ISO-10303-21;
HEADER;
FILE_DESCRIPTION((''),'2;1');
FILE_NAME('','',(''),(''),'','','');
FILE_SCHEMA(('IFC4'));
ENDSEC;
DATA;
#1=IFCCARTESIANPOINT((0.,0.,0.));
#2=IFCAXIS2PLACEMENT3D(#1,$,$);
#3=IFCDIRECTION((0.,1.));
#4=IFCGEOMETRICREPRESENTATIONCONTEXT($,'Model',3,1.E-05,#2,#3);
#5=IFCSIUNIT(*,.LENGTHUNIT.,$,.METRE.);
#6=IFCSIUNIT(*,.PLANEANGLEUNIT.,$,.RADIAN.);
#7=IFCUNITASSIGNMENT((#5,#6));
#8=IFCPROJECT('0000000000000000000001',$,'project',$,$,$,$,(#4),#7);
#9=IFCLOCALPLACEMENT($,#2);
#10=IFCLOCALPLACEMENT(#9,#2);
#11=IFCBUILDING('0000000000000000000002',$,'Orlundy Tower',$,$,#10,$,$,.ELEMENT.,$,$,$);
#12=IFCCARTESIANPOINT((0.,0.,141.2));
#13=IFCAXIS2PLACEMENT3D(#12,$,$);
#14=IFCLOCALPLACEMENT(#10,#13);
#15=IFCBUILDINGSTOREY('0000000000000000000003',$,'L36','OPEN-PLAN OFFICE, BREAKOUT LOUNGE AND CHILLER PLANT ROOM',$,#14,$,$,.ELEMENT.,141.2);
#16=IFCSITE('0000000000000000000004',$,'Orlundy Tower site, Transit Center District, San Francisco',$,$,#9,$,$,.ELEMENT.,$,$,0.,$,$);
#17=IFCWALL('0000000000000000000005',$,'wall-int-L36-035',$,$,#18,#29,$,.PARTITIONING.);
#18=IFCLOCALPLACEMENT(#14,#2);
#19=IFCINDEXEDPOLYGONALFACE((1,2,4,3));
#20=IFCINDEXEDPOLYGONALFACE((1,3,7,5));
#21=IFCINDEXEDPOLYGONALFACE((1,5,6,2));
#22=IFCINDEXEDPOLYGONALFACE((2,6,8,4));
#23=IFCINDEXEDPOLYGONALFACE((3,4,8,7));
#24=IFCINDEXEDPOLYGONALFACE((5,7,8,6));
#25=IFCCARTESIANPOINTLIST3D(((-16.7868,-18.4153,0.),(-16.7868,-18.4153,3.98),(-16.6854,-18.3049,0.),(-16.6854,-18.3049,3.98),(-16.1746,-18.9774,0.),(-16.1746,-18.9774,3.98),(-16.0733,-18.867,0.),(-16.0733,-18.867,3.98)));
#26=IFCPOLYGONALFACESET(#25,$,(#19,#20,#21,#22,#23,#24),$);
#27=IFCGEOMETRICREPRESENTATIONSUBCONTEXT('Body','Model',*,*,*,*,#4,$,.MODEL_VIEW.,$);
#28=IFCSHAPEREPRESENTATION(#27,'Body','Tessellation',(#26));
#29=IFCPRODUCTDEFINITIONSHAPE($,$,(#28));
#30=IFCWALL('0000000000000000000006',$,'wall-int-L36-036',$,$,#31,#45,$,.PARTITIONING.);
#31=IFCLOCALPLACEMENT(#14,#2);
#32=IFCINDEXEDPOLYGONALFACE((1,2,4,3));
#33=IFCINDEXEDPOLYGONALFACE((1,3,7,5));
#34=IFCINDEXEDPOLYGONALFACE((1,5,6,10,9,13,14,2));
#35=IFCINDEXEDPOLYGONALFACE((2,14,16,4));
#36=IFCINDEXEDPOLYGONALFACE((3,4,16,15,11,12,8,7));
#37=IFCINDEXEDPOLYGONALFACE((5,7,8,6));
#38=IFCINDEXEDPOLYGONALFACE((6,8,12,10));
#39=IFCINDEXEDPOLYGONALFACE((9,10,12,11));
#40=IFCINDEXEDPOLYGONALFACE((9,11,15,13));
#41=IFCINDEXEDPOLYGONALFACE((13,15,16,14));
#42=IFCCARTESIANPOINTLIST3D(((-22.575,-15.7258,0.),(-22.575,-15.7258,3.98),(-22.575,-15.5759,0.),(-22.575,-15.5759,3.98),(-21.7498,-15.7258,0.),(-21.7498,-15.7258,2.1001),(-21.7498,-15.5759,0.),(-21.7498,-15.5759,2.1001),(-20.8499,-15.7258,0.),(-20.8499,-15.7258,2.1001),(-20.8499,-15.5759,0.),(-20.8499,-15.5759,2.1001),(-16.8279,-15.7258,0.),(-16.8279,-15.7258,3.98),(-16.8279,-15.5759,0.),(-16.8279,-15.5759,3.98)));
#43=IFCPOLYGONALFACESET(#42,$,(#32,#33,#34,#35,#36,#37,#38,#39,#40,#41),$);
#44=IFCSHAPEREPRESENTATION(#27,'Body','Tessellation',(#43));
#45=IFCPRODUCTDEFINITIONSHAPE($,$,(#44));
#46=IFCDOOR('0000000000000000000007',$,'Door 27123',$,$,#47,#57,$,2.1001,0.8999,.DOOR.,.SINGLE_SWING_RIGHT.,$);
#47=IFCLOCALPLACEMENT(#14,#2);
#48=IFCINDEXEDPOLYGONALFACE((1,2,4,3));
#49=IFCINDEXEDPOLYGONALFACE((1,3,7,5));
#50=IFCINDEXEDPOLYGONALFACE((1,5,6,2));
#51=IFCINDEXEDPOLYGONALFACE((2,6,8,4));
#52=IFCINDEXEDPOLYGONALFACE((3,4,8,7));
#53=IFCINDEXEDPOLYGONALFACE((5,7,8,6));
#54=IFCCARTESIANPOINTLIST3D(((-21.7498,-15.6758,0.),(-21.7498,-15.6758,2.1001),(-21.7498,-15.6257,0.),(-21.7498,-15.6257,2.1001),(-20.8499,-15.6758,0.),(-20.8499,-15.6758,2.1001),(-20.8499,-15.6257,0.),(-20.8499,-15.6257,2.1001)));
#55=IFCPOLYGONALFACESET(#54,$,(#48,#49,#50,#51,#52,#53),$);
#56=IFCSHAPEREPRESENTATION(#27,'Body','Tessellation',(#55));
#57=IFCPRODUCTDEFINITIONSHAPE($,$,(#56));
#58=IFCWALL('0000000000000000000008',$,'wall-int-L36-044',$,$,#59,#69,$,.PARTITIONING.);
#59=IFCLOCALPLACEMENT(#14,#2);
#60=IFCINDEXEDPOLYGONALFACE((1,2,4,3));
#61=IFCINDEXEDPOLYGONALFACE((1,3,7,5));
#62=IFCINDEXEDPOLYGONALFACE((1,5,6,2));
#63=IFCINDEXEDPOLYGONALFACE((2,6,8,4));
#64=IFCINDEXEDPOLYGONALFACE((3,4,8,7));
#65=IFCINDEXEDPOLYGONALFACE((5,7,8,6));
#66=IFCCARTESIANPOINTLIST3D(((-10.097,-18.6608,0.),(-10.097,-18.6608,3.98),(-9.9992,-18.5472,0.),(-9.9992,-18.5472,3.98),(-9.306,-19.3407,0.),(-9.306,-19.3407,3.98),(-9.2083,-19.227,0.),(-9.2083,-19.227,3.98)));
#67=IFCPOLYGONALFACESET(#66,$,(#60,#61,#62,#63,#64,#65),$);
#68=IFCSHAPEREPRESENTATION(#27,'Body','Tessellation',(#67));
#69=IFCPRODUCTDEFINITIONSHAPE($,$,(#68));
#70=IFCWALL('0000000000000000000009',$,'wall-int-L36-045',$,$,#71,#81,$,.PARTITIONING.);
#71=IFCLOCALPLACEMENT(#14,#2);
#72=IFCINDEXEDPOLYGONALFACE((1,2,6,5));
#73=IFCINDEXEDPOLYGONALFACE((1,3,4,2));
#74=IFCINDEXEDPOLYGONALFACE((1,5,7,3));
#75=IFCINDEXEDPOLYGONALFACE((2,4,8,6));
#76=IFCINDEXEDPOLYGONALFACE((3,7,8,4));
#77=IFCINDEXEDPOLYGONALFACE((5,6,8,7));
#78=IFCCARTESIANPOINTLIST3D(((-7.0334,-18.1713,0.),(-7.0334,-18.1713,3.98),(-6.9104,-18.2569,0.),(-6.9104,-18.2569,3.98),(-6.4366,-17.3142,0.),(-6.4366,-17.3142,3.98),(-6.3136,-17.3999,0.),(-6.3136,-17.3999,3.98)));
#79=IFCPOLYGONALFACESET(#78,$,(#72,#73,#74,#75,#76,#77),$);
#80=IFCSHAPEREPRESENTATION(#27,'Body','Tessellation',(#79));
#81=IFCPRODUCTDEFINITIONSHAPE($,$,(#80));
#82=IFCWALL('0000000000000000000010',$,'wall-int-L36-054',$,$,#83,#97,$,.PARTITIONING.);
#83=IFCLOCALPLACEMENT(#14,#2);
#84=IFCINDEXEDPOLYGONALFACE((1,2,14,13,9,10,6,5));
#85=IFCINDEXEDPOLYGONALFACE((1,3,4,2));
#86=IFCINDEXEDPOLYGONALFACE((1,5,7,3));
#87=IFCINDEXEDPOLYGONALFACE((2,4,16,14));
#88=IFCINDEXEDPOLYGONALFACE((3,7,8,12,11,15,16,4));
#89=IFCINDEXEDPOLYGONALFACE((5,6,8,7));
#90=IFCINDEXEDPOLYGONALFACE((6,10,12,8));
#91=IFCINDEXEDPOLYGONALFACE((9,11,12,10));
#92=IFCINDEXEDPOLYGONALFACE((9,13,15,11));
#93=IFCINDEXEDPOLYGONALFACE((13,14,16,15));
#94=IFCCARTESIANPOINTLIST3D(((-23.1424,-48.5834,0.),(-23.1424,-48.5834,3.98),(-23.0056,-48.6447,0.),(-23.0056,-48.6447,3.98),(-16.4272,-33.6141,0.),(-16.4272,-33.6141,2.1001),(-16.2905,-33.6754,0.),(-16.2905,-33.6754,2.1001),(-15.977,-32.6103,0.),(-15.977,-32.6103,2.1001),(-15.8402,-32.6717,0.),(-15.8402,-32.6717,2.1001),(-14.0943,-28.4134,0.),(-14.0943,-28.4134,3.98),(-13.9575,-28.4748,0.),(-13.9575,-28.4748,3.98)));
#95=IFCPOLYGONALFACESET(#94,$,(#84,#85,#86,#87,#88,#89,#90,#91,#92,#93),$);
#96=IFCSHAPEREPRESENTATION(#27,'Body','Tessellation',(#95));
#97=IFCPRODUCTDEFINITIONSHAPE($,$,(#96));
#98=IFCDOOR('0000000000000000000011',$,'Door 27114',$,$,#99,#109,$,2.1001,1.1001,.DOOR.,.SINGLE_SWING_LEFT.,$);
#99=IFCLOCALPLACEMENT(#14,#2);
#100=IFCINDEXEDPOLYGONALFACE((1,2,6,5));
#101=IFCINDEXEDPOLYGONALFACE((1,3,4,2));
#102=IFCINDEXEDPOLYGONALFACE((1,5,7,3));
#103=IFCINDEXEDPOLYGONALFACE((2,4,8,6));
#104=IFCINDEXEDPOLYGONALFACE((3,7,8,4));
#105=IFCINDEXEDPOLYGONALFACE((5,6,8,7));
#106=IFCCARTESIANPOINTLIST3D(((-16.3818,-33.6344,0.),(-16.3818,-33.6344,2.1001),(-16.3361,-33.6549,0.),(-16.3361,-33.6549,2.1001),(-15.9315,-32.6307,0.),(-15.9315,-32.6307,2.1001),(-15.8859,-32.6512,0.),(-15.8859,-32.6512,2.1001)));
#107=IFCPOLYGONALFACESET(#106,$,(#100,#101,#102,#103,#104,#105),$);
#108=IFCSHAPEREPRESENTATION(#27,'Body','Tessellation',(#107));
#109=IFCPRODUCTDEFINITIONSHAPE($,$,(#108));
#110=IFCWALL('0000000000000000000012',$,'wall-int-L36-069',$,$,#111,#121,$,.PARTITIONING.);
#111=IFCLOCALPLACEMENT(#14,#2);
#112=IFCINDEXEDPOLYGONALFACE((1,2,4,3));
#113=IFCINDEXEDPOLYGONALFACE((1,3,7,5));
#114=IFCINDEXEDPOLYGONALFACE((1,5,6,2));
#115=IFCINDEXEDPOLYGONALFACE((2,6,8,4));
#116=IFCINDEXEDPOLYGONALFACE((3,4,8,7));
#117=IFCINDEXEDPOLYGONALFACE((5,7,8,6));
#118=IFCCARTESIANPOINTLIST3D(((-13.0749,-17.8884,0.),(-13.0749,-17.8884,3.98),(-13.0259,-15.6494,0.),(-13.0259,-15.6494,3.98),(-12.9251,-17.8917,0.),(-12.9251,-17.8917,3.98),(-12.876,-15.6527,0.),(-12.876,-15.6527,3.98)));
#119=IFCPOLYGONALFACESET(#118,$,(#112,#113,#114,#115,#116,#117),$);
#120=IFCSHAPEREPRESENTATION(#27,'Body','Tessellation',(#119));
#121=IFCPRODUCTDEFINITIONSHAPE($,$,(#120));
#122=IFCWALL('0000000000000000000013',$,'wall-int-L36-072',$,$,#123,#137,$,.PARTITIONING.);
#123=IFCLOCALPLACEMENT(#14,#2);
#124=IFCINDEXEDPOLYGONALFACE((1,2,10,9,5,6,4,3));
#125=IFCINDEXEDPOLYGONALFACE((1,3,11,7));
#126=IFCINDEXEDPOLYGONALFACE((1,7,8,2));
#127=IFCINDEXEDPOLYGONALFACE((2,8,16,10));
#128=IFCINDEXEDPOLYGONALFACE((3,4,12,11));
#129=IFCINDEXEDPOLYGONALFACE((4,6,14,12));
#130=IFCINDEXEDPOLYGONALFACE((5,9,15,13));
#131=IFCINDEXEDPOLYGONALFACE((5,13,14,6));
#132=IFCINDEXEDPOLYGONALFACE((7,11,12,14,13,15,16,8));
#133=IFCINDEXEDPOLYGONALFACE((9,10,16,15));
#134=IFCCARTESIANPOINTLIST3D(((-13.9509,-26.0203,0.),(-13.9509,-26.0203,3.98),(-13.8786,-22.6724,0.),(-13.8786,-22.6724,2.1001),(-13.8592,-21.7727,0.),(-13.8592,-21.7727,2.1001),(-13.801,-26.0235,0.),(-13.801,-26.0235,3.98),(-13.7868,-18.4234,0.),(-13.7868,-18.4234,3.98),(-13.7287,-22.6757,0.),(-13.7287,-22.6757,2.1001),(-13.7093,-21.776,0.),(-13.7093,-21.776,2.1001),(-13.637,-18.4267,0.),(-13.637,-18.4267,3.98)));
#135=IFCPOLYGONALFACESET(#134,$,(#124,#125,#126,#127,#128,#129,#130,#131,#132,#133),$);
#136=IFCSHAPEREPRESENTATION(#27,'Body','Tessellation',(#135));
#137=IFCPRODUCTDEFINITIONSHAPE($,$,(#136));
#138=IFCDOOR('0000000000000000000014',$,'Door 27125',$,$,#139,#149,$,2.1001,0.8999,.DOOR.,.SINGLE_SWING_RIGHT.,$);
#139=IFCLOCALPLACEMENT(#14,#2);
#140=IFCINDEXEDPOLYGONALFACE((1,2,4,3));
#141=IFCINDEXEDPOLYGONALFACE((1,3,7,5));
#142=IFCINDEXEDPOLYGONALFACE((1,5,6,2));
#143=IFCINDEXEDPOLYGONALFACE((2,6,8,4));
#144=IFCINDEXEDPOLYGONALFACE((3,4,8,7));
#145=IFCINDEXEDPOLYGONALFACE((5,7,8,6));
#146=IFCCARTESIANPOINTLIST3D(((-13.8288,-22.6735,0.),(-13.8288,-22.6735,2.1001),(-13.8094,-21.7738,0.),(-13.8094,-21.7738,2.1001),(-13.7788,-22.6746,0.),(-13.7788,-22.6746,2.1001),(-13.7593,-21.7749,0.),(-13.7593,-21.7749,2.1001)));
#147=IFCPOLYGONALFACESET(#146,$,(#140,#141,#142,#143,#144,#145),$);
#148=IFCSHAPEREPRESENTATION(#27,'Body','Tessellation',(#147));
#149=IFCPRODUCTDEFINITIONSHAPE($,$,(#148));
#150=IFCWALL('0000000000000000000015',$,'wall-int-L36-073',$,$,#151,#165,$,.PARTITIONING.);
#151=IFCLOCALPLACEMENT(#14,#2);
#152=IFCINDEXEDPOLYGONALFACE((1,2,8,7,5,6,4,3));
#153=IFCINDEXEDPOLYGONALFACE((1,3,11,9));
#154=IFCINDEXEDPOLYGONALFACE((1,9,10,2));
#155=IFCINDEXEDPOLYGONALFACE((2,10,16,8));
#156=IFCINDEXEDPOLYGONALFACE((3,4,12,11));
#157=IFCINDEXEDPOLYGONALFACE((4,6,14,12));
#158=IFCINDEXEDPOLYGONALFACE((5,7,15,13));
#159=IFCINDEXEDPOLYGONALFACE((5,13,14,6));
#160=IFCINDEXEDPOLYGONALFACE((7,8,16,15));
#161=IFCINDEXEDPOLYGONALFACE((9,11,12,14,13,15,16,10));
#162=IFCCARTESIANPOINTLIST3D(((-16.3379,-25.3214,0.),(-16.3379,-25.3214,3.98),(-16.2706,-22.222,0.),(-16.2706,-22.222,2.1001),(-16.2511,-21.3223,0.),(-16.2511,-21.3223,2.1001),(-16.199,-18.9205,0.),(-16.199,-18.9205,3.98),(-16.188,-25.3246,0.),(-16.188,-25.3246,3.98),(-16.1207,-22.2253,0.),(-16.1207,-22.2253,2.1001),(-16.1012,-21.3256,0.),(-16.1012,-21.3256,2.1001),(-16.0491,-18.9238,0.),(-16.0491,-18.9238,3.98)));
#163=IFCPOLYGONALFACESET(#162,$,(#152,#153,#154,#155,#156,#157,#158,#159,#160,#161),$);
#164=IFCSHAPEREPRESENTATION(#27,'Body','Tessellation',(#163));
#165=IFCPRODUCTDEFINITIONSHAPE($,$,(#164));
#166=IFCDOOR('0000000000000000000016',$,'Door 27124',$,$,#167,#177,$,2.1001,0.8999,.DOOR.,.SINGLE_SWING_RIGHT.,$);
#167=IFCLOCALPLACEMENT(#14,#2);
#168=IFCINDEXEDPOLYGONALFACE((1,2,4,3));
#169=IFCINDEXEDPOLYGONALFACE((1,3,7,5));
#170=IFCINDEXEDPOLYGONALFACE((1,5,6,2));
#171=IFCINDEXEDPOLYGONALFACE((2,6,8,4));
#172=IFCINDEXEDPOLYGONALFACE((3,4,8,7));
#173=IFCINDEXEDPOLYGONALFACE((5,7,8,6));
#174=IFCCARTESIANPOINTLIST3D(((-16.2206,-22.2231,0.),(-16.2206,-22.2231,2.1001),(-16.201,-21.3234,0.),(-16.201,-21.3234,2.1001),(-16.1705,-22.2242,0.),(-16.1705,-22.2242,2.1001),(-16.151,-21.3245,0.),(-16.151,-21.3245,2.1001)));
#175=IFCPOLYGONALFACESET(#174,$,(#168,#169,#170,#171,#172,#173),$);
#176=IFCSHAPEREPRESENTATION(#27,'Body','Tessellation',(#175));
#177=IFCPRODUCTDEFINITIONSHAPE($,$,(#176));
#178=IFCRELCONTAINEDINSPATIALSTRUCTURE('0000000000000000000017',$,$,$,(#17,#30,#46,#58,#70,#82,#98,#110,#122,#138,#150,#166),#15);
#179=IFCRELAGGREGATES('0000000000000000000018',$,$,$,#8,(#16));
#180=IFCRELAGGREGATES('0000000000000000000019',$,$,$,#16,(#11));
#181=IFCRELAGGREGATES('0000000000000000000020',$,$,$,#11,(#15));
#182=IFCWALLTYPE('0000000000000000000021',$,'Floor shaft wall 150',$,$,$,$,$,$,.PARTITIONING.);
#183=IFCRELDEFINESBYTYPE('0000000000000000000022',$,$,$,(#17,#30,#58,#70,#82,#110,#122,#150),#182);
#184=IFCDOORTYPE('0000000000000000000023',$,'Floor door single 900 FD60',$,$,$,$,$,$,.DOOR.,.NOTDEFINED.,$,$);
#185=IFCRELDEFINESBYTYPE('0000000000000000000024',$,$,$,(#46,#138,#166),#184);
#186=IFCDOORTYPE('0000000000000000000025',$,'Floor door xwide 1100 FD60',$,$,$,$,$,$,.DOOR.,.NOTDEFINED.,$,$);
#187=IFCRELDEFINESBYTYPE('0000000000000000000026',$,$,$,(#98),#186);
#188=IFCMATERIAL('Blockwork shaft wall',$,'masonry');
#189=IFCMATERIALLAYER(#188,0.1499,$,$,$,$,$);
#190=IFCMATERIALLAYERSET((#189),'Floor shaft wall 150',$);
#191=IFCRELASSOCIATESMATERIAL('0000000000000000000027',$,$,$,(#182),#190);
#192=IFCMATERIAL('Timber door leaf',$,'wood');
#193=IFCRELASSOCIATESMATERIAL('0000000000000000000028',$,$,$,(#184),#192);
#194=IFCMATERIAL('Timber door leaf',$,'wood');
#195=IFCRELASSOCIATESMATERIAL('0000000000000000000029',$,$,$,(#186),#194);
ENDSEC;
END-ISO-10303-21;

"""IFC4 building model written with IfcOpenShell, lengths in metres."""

from ifc_helpers import new_model, si_unit, direction, frame, frame_2d, origin, place, context, subcontext, project, spatial, rectangle, extrude, material, layer, layer_set, type_object, element, fill, save


model = new_model("IFC4")

# Units and contexts
model_context = context("Model", 3, precision=1e-05, world=origin(), true_north=direction((0.0, 1.0)))
body_context = subcontext(model_context, "Body", "Model", "MODEL_VIEW")
ifc_project = project(units=[si_unit("LENGTHUNIT", "METRE"), si_unit("PLANEANGLEUNIT", "RADIAN")], contexts=[model_context])

# Site, building, storey
site_placement = place(None, origin())
site = spatial("IfcSite", under=ifc_project, at=site_placement, Name="Orlundy Tower site, Transit Center District, San Francisco", CompositionType="ELEMENT", RefElevation=0.0)
building_placement = place(site_placement, origin())
building = spatial("IfcBuilding", under=site, at=building_placement, Name="Orlundy Tower", CompositionType="ELEMENT")
storey_placement = place(building_placement, frame((0.0, 0.0, 141.2)))
storey = spatial("IfcBuildingStorey", under=building, at=storey_placement, Name="L36", Description="OPEN-PLAN OFFICE, BREAKOUT LOUNGE AND CHILLER PLANT ROOM", CompositionType="ELEMENT", Elevation=141.2)

# Wall
ifc_material_1 = material(Name="Blockwork shaft wall", Category="masonry")
ifc_layer_1 = layer(ifc_material_1, 0.1499)
ifc_layer_set_1 = layer_set([ifc_layer_1], Name="Floor shaft wall 150")
wall_type_1 = type_object("IfcWallType", Name="Floor shaft wall 150", PredefinedType="PARTITIONING", material=ifc_layer_set_1)
wall_1_placement = place(storey_placement, frame((-16.7361, -18.3601, 0.0), z_axis=(0.0, 0.0, 1.0), x_axis=(0.736581, -0.67635, 0.0)))
element("IfcWall", 1, at=wall_1_placement, inside=storey, type_object=wall_type_1, Name="wall-int-L36-035", PredefinedType="PARTITIONING", context=body_context, shape_type="SweptSolid", body=[
    extrude(rectangle(XDim=0.8311, YDim=0.1499, at=frame_2d((0.4155, 0.0))), origin(), (0.0, 0.0, 1.0), 3.98),
])

# Wall, opening, door
wall_2_placement = place(storey_placement, frame((-16.8279, -15.6509, 0.0), z_axis=(0.0, 0.0, 1.0), x_axis=(-1.0, 0.0, 0.0)))
wall_2 = element("IfcWall", 2, at=wall_2_placement, inside=storey, type_object=wall_type_1, Name="wall-int-L36-036", PredefinedType="PARTITIONING", context=body_context, shape_type="SweptSolid", body=[
    extrude(rectangle(XDim=5.7471, YDim=0.1499, at=frame_2d((2.8735, 0.0))), origin(), (0.0, 0.0, 1.0), 3.98),
])
opening_1_placement = place(wall_2_placement, frame((4.022, 0.0, 0.0)))
opening_1 = element("IfcOpeningElement", 3, at=opening_1_placement, cuts=wall_2, PredefinedType="OPENING", context=body_context, shape_type="SweptSolid", body=[
    extrude(rectangle(XDim=0.8999, YDim=2.1001, at=frame_2d((0.45, 1.05))), frame((0.0, 0.085, 0.0), z_axis=(0.0, -1.0, 0.0), x_axis=(1.0, 0.0, 0.0)), (0.0, 0.0, 1.0), 0.1699),
])
ifc_material_2 = material(Name="Timber door leaf", Category="wood")
door_type_1 = type_object("IfcDoorType", Name="Floor door single 900 FD60", OperationType="NOTDEFINED", PredefinedType="DOOR", material=ifc_material_2)
door_1_placement = place(opening_1_placement, origin())
door_1 = element("IfcDoor", 4, at=door_1_placement, inside=storey, type_object=door_type_1, Name="Door 27123", OperationType="SINGLE_SWING_RIGHT", OverallHeight=2.1001, OverallWidth=0.8999, PredefinedType="DOOR", context=body_context, shape_type="SweptSolid", body=[
    extrude(rectangle(XDim=0.8999, YDim=2.1001, at=frame_2d((0.45, 1.05))), frame((0.0, 0.0249, 0.0), z_axis=(0.0, -1.0, 0.0), x_axis=(1.0, 0.0, 0.0)), (0.0, 0.0, 1.0), 0.05),
])
fill(opening_1, door_1)

# Walls
wall_3_placement = place(storey_placement, frame((-10.0481, -18.604, 0.0), z_axis=(0.0, 0.0, 1.0), x_axis=(0.758347, -0.651851, 0.0)))
element("IfcWall", 5, at=wall_3_placement, inside=storey, type_object=wall_type_1, Name="wall-int-L36-044", PredefinedType="PARTITIONING", context=body_context, shape_type="SweptSolid", body=[
    extrude(rectangle(XDim=1.043, YDim=0.1499, at=frame_2d((0.5215, 0.0))), origin(), (0.0, 0.0, 1.0), 3.98),
])
wall_4_placement = place(storey_placement, frame((-6.9719, -18.2141, 0.0), z_axis=(0.0, 0.0, 1.0), x_axis=(0.571468, 0.820624, 0.0)))
element("IfcWall", 6, at=wall_4_placement, inside=storey, type_object=wall_type_1, Name="wall-int-L36-045", PredefinedType="PARTITIONING", context=body_context, shape_type="SweptSolid", body=[
    extrude(rectangle(XDim=1.0444, YDim=0.1499, at=frame_2d((0.5222, 0.0))), origin(), (0.0, 0.0, 1.0), 3.98),
])

# Wall, opening, door
wall_5_placement = place(storey_placement, frame((-14.0259, -28.4441, 0.0), z_axis=(0.0, 0.0, 1.0), x_axis=(-0.409297, -0.912401, 0.0)))
wall_5 = element("IfcWall", 7, at=wall_5_placement, inside=storey, type_object=wall_type_1, Name="wall-int-L36-054", PredefinedType="PARTITIONING", context=body_context, shape_type="SweptSolid", body=[
    extrude(rectangle(XDim=22.1064, YDim=0.1499, at=frame_2d((11.0532, 0.0))), origin(), (0.0, 0.0, 1.0), 3.98),
])
opening_2_placement = place(wall_5_placement, frame((4.5999, 0.0, 0.0)))
opening_2 = element("IfcOpeningElement", 8, at=opening_2_placement, cuts=wall_5, PredefinedType="OPENING", context=body_context, shape_type="SweptSolid", body=[
    extrude(rectangle(XDim=1.1001, YDim=2.1001, at=frame_2d((0.55, 1.05))), frame((0.0, 0.085, 0.0), z_axis=(0.0, -1.0, 0.0), x_axis=(1.0, 0.0, 0.0)), (0.0, 0.0, 1.0), 0.1699),
])
ifc_material_3 = material(Name="Timber door leaf", Category="wood")
door_type_2 = type_object("IfcDoorType", Name="Floor door xwide 1100 FD60", OperationType="NOTDEFINED", PredefinedType="DOOR", material=ifc_material_3)
door_2_placement = place(opening_2_placement, origin())
door_2 = element("IfcDoor", 9, at=door_2_placement, inside=storey, type_object=door_type_2, Name="Door 27114", OperationType="SINGLE_SWING_LEFT", OverallHeight=2.1001, OverallWidth=1.1001, PredefinedType="DOOR", context=body_context, shape_type="SweptSolid", body=[
    extrude(rectangle(XDim=1.1001, YDim=2.1001, at=frame_2d((0.55, 1.05))), frame((0.0, 0.0249, 0.0), z_axis=(0.0, -1.0, 0.0), x_axis=(1.0, 0.0, 0.0)), (0.0, 0.0, 1.0), 0.05),
])
fill(opening_2, door_2)

# Wall
wall_6_placement = place(storey_placement, frame((-13.0, -17.8899, 0.0), z_axis=(0.0, 0.0, 1.0), x_axis=(0.021912, 0.99976, 0.0)))
element("IfcWall", 10, at=wall_6_placement, inside=storey, type_object=wall_type_1, Name="wall-int-L36-069", PredefinedType="PARTITIONING", context=body_context, shape_type="SweptSolid", body=[
    extrude(rectangle(XDim=2.2395, YDim=0.1499, at=frame_2d((1.1196, 0.0))), origin(), (0.0, 0.0, 1.0), 3.98),
])

# Walls, openings, doors
wall_7_placement = place(storey_placement, frame((-13.7119, -18.425, 0.0), z_axis=(0.0, 0.0, 1.0), x_axis=(-0.021591, -0.999767, 0.0)))
wall_7 = element("IfcWall", 11, at=wall_7_placement, inside=storey, type_object=wall_type_1, Name="wall-int-L36-072", PredefinedType="PARTITIONING", context=body_context, shape_type="SweptSolid", body=[
    extrude(rectangle(XDim=7.5986, YDim=0.1499, at=frame_2d((3.7993, 0.0))), origin(), (0.0, 0.0, 1.0), 3.98),
])
opening_3_placement = place(wall_7_placement, frame((3.3501, 0.0, 0.0)))
opening_3 = element("IfcOpeningElement", 12, at=opening_3_placement, cuts=wall_7, PredefinedType="OPENING", context=body_context, shape_type="SweptSolid", body=[
    extrude(rectangle(XDim=0.8999, YDim=2.1001, at=frame_2d((0.45, 1.05))), frame((0.0, 0.085, 0.0), z_axis=(0.0, -1.0, 0.0), x_axis=(1.0, 0.0, 0.0)), (0.0, 0.0, 1.0), 0.1699),
])
door_3_placement = place(opening_3_placement, origin())
door_3 = element("IfcDoor", 13, at=door_3_placement, inside=storey, type_object=door_type_1, Name="Door 27125", OperationType="SINGLE_SWING_RIGHT", OverallHeight=2.1001, OverallWidth=0.8999, PredefinedType="DOOR", context=body_context, shape_type="SweptSolid", body=[
    extrude(rectangle(XDim=0.8999, YDim=2.1001, at=frame_2d((0.45, 1.05))), frame((0.0, 0.0249, 0.0), z_axis=(0.0, -1.0, 0.0), x_axis=(1.0, 0.0, 0.0)), (0.0, 0.0, 1.0), 0.05),
])
fill(opening_3, door_3)
wall_8_placement = place(storey_placement, frame((-16.2629, -25.323, 0.0), z_axis=(0.0, 0.0, 1.0), x_axis=(0.021698, 0.999765, 0.0)))
wall_8 = element("IfcWall", 14, at=wall_8_placement, inside=storey, type_object=wall_type_1, Name="wall-int-L36-073", PredefinedType="PARTITIONING", context=body_context, shape_type="SweptSolid", body=[
    extrude(rectangle(XDim=6.4023, YDim=0.1499, at=frame_2d((3.2012, 0.0))), origin(), (0.0, 0.0, 1.0), 3.98),
])
opening_4_placement = place(wall_8_placement, frame((3.1001, 0.0, 0.0)))
opening_4 = element("IfcOpeningElement", 15, at=opening_4_placement, cuts=wall_8, PredefinedType="OPENING", context=body_context, shape_type="SweptSolid", body=[
    extrude(rectangle(XDim=0.8999, YDim=2.1001, at=frame_2d((0.45, 1.05))), frame((0.0, 0.085, 0.0), z_axis=(0.0, -1.0, 0.0), x_axis=(1.0, 0.0, 0.0)), (0.0, 0.0, 1.0), 0.1699),
])
door_4_placement = place(opening_4_placement, origin())
door_4 = element("IfcDoor", 16, at=door_4_placement, inside=storey, type_object=door_type_1, Name="Door 27124", OperationType="SINGLE_SWING_RIGHT", OverallHeight=2.1001, OverallWidth=0.8999, PredefinedType="DOOR", context=body_context, shape_type="SweptSolid", body=[
    extrude(rectangle(XDim=0.8999, YDim=2.1001, at=frame_2d((0.45, 1.05))), frame((0.0, 0.0249, 0.0), z_axis=(0.0, -1.0, 0.0), x_axis=(1.0, 0.0, 0.0)), (0.0, 0.0, 1.0), 0.05),
])
fill(opening_4, door_4)

save(model, "model.ifc")
